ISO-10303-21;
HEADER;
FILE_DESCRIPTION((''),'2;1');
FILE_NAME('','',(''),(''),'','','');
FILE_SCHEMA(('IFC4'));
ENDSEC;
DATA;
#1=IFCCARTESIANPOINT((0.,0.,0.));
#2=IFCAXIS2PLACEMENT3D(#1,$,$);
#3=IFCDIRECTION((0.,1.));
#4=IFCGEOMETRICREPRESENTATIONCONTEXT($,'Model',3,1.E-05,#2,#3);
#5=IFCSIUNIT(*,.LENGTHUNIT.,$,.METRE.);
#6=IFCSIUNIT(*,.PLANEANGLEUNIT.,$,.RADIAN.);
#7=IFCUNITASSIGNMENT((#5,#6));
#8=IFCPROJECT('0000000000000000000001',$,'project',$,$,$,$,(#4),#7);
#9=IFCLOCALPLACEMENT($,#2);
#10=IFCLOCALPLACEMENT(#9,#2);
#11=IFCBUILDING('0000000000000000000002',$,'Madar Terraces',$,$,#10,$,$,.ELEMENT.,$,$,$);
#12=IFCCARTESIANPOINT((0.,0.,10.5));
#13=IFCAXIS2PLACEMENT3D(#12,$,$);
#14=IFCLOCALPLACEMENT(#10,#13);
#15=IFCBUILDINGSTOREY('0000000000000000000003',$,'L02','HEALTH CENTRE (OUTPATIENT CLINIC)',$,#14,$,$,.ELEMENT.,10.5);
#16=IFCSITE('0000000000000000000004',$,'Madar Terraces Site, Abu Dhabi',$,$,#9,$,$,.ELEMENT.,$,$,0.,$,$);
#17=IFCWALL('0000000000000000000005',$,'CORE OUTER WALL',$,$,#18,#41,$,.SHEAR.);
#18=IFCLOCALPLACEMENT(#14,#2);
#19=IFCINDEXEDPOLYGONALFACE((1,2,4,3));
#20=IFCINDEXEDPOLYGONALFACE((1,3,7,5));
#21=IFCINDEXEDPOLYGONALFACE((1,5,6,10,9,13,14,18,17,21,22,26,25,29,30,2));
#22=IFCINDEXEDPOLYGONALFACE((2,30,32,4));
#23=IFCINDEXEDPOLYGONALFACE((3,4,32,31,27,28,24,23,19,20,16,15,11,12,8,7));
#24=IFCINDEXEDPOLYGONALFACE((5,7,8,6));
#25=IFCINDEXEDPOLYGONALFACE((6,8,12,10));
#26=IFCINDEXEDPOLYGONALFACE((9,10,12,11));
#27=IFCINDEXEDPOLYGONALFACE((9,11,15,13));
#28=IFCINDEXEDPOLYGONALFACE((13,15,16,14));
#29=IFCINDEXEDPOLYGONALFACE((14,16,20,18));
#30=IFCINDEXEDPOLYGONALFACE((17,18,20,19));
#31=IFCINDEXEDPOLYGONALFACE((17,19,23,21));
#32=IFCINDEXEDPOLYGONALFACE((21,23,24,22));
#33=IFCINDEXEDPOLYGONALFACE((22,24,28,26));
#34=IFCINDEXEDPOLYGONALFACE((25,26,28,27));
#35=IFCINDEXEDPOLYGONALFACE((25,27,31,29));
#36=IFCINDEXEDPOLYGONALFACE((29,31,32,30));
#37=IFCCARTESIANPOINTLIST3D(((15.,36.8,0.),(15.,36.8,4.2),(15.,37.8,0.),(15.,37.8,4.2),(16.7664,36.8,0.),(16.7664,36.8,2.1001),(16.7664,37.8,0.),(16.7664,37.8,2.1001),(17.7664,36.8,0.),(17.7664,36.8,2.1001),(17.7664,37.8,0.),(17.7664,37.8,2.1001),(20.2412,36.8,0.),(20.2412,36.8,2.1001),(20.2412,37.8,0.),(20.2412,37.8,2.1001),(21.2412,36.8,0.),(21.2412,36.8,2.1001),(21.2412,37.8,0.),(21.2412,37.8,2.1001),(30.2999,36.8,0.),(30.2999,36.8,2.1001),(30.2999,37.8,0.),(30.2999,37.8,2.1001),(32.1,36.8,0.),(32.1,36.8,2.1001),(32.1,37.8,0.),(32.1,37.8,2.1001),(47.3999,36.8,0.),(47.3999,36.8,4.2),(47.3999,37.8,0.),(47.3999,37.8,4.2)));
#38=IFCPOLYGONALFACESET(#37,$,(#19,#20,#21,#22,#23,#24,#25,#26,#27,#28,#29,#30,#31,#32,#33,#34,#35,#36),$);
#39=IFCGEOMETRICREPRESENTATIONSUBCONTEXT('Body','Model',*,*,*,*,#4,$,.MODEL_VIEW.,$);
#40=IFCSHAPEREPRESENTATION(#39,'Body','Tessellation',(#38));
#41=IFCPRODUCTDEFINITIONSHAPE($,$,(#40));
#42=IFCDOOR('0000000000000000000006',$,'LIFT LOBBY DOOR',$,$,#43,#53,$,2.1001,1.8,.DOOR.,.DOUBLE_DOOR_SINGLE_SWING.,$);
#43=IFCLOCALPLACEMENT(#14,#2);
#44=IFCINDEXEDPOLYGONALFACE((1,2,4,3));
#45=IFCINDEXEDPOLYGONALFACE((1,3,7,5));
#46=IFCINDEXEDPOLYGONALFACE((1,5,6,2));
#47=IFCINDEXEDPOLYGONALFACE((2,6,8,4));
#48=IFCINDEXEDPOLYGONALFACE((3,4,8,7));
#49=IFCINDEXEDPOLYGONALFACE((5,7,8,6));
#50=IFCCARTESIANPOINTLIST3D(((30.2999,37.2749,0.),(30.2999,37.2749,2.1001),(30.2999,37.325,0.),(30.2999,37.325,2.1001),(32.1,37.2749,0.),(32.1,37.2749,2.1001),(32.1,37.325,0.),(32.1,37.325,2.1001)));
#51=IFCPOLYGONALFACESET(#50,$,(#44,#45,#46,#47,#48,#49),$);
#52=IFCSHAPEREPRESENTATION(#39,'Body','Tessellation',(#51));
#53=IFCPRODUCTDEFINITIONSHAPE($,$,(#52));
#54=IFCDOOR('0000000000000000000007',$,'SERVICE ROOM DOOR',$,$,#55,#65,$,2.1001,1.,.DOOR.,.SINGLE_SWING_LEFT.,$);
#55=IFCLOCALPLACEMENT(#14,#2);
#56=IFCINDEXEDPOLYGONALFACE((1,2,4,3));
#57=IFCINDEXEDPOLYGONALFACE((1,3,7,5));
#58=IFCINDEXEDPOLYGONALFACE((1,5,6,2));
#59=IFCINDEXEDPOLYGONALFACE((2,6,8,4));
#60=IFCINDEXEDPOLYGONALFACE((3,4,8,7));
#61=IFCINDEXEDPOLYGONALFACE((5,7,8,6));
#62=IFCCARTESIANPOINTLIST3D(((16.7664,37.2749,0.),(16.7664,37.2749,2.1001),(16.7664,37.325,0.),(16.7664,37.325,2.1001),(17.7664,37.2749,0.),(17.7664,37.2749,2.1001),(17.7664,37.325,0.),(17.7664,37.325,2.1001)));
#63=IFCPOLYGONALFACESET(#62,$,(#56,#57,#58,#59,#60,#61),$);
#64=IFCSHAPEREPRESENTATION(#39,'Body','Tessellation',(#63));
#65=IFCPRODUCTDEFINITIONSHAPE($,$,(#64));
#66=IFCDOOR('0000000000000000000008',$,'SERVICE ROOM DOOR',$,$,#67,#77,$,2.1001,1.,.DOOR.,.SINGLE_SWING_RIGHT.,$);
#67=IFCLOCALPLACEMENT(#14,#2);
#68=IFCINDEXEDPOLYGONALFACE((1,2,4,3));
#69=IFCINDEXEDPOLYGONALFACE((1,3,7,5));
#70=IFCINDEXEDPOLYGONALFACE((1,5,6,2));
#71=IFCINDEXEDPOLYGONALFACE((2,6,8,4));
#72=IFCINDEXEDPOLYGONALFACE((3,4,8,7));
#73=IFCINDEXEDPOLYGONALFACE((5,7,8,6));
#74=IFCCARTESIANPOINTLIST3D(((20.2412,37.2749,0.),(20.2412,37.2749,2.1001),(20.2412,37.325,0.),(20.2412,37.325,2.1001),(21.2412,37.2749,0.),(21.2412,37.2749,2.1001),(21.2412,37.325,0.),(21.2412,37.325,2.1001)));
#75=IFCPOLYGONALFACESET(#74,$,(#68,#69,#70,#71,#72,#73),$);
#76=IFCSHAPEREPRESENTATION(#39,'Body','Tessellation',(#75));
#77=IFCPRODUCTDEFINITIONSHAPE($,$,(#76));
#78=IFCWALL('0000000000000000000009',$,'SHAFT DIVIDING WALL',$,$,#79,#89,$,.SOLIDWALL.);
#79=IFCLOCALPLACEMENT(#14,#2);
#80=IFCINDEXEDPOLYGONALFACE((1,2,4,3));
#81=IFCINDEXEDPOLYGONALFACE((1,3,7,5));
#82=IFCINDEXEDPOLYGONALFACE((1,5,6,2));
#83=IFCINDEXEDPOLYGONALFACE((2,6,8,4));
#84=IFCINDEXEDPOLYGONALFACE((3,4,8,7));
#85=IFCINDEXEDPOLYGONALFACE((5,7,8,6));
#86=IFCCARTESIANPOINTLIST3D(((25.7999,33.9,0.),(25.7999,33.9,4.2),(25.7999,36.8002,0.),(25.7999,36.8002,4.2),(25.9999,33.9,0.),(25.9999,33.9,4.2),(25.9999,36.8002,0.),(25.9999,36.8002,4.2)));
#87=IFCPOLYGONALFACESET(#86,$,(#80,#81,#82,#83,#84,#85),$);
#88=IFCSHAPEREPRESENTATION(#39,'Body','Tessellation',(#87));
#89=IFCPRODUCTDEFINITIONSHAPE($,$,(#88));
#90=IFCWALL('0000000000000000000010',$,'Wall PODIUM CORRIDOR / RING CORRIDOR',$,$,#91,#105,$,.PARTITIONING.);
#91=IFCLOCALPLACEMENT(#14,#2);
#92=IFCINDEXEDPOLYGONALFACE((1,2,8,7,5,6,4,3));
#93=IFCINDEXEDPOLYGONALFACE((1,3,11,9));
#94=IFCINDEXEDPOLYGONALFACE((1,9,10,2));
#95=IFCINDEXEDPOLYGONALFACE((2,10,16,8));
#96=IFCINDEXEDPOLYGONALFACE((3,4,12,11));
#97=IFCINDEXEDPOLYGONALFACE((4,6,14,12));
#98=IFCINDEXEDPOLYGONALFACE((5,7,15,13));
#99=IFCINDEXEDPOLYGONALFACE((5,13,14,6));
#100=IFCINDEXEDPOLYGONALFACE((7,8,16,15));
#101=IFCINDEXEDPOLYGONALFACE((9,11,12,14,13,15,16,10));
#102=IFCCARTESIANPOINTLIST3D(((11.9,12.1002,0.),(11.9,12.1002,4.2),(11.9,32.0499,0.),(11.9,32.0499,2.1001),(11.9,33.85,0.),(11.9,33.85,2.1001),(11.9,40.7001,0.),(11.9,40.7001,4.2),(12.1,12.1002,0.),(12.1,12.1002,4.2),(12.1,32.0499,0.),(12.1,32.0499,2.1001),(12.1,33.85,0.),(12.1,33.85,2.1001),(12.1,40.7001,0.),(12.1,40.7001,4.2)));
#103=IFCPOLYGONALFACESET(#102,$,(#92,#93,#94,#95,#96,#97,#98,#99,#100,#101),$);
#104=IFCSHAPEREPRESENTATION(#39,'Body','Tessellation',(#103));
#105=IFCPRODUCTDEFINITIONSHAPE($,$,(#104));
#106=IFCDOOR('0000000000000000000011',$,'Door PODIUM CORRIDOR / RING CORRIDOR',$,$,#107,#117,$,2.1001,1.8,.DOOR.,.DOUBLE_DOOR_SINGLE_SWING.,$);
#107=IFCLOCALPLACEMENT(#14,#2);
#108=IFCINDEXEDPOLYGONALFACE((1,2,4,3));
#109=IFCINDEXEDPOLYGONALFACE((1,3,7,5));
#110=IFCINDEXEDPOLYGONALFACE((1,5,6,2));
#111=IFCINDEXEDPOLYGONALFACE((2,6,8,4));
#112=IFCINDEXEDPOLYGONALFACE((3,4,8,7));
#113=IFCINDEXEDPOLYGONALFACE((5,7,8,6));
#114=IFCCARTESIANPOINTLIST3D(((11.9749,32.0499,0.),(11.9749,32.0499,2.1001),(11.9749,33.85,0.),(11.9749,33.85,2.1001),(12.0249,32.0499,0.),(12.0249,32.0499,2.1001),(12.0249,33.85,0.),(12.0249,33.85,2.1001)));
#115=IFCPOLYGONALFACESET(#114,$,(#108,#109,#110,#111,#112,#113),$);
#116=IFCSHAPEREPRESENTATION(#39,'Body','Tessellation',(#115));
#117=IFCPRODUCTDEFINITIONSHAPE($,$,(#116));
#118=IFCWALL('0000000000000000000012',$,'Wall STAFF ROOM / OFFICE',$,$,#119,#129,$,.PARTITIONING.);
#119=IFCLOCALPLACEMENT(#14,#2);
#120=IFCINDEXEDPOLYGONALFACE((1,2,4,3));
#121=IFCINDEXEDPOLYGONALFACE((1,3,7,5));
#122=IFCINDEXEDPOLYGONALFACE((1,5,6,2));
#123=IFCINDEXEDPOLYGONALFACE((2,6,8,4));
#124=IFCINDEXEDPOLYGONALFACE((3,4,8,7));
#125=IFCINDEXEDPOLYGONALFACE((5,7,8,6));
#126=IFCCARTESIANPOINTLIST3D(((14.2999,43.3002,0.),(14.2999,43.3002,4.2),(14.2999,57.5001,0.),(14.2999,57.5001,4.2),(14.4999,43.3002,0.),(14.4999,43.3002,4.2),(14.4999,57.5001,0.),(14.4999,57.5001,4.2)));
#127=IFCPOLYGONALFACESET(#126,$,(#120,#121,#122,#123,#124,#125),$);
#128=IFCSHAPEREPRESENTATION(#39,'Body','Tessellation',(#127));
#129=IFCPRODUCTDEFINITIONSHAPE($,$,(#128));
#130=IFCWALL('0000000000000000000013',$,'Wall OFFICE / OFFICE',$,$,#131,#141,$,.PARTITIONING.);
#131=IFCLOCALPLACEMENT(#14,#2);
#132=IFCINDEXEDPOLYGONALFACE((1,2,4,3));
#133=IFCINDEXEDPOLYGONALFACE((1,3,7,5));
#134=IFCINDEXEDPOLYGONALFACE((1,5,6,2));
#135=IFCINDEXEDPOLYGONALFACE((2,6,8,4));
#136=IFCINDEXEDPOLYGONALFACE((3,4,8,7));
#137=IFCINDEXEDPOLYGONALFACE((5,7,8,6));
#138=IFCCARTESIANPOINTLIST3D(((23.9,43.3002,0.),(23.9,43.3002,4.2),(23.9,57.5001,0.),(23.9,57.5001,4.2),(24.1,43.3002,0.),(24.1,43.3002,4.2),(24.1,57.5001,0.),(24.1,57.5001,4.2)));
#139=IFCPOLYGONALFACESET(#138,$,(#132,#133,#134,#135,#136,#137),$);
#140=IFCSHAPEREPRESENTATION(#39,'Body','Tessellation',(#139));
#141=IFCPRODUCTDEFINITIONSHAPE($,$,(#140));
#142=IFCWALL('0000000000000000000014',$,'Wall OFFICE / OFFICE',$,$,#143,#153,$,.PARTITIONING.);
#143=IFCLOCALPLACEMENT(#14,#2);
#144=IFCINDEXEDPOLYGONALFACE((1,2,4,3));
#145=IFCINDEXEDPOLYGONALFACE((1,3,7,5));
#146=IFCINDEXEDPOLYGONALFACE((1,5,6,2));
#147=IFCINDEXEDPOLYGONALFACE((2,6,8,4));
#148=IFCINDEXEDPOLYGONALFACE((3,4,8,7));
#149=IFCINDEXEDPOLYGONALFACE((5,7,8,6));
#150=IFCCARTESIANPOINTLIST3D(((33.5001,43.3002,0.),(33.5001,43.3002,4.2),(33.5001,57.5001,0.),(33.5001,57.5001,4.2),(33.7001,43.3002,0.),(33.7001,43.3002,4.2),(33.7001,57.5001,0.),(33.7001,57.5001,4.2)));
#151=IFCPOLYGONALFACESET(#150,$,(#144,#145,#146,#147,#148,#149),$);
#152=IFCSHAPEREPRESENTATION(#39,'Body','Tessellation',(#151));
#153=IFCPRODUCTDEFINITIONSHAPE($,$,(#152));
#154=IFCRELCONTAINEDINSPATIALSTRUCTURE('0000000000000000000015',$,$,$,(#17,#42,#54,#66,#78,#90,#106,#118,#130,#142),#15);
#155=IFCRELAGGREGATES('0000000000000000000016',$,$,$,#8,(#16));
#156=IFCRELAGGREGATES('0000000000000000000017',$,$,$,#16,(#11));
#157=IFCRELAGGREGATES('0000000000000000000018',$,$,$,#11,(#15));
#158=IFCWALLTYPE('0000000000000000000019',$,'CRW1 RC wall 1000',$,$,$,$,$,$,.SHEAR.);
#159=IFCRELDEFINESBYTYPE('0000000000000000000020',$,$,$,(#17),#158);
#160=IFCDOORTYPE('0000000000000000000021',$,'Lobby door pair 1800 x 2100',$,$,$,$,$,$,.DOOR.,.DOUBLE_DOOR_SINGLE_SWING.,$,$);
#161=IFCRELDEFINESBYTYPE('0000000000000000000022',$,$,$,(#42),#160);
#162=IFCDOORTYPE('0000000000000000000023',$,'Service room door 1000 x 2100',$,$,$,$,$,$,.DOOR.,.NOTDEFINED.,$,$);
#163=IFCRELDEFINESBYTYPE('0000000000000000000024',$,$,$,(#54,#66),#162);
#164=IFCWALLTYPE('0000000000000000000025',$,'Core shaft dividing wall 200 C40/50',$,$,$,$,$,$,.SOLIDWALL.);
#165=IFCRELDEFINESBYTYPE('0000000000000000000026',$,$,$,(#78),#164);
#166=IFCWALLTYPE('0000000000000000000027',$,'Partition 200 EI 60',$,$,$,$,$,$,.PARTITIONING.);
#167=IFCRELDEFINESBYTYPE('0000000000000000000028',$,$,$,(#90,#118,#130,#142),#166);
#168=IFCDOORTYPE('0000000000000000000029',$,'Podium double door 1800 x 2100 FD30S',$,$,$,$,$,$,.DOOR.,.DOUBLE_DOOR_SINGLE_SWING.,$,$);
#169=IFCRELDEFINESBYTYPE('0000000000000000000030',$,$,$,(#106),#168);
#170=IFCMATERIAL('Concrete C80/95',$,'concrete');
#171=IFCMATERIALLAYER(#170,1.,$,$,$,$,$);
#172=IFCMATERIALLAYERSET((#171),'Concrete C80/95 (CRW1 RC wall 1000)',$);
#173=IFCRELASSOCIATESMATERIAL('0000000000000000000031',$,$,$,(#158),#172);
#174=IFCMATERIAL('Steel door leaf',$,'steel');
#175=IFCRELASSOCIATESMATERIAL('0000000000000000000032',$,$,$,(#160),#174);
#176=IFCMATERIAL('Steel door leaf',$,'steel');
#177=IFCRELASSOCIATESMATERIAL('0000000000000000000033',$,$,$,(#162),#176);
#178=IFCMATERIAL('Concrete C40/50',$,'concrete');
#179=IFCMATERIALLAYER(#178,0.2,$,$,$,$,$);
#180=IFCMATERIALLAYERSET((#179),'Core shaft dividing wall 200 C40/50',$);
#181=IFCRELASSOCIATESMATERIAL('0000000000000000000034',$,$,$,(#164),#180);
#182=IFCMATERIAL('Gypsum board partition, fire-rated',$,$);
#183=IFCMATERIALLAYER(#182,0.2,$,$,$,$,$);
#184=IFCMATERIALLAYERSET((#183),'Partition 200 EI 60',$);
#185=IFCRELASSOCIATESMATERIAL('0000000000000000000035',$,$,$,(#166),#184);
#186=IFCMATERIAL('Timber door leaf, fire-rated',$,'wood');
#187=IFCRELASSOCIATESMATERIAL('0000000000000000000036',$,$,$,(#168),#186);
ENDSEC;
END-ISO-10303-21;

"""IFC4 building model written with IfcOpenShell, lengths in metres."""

from ifc_helpers import new_model, si_unit, direction, frame, frame_2d, origin, place, context, subcontext, project, spatial, rectangle, extrude, material, layer, layer_set, type_object, element, fill, save


model = new_model("IFC4")

# Units and contexts
model_context = context("Model", 3, precision=1e-05, world=origin(), true_north=direction((0.0, 1.0)))
body_context = subcontext(model_context, "Body", "Model", "MODEL_VIEW")
ifc_project = project(units=[si_unit("LENGTHUNIT", "METRE"), si_unit("PLANEANGLEUNIT", "RADIAN")], contexts=[model_context])

# Site, building, storey
site_placement = place(None, origin())
site = spatial("IfcSite", under=ifc_project, at=site_placement, Name="Madar Terraces Site, Abu Dhabi", CompositionType="ELEMENT", RefElevation=0.0)
building_placement = place(site_placement, origin())
building = spatial("IfcBuilding", under=site, at=building_placement, Name="Madar Terraces", CompositionType="ELEMENT")
storey_placement = place(building_placement, frame((0.0, 0.0, 10.5)))
storey = spatial("IfcBuildingStorey", under=building, at=storey_placement, Name="L02", Description="HEALTH CENTRE (OUTPATIENT CLINIC)", CompositionType="ELEMENT", Elevation=10.5)

# Wall, openings, doors
ifc_material_1 = material(Name="Concrete C80/95", Category="concrete")
ifc_layer_1 = layer(ifc_material_1, 1.0)
ifc_layer_set_1 = layer_set([ifc_layer_1], Name="Concrete C80/95 (CRW1 RC wall 1000)")
wall_type_1 = type_object("IfcWallType", Name="CRW1 RC wall 1000", PredefinedType="SHEAR", material=ifc_layer_set_1)
wall_1_placement = place(storey_placement, frame((15.0, 37.3, 0.0), z_axis=(0.0, 0.0, 1.0), x_axis=(1.0, 0.0, 0.0)))
wall_1 = element("IfcWall", 1, at=wall_1_placement, inside=storey, type_object=wall_type_1, Name="CORE OUTER WALL", PredefinedType="SHEAR", context=body_context, shape_type="SweptSolid", body=[
    extrude(rectangle(XDim=32.3999, YDim=1.0, at=frame_2d((16.2, 0.0))), origin(), (0.0, 0.0, 1.0), 4.2),
])
opening_1_placement = place(wall_1_placement, frame((15.3, 0.0, 0.0)))
opening_1 = element("IfcOpeningElement", 2, at=opening_1_placement, cuts=wall_1, PredefinedType="OPENING", context=body_context, shape_type="SweptSolid", body=[
    extrude(rectangle(XDim=1.8, YDim=2.1001, at=frame_2d((0.8999, 1.05))), frame((0.0, 0.51, 0.0), z_axis=(0.0, -1.0, 0.0), x_axis=(1.0, 0.0, 0.0)), (0.0, 0.0, 1.0), 1.02),
])
opening_2_placement = place(wall_1_placement, frame((1.7664, 0.0, 0.0)))
opening_2 = element("IfcOpeningElement", 3, at=opening_2_placement, cuts=wall_1, PredefinedType="OPENING", context=body_context, shape_type="SweptSolid", body=[
    extrude(rectangle(XDim=1.0, YDim=2.1001, at=frame_2d((0.5, 1.05))), frame((0.0, 0.51, 0.0), z_axis=(0.0, -1.0, 0.0), x_axis=(1.0, 0.0, 0.0)), (0.0, 0.0, 1.0), 1.02),
])
opening_3_placement = place(wall_1_placement, frame((5.2412, 0.0, 0.0)))
opening_3 = element("IfcOpeningElement", 4, at=opening_3_placement, cuts=wall_1, PredefinedType="OPENING", context=body_context, shape_type="SweptSolid", body=[
    extrude(rectangle(XDim=1.0, YDim=2.1001, at=frame_2d((0.5, 1.05))), frame((0.0, 0.51, 0.0), z_axis=(0.0, -1.0, 0.0), x_axis=(1.0, 0.0, 0.0)), (0.0, 0.0, 1.0), 1.02),
])
ifc_material_2 = material(Name="Steel door leaf", Category="steel")
door_type_1 = type_object("IfcDoorType", Name="Lobby door pair 1800 x 2100", OperationType="DOUBLE_DOOR_SINGLE_SWING", PredefinedType="DOOR", material=ifc_material_2)
door_1_placement = place(opening_1_placement, origin())
door_1 = element("IfcDoor", 5, at=door_1_placement, inside=storey, type_object=door_type_1, Name="LIFT LOBBY DOOR", OperationType="DOUBLE_DOOR_SINGLE_SWING", OverallHeight=2.1001, OverallWidth=1.8, PredefinedType="DOOR", context=body_context, shape_type="SweptSolid", body=[
    extrude(rectangle(XDim=1.8, YDim=2.1001, at=frame_2d((0.8999, 1.05))), frame((0.0, 0.0249, 0.0), z_axis=(0.0, -1.0, 0.0), x_axis=(1.0, 0.0, 0.0)), (0.0, 0.0, 1.0), 0.05),
])
fill(opening_1, door_1)
ifc_material_3 = material(Name="Steel door leaf", Category="steel")
door_type_2 = type_object("IfcDoorType", Name="Service room door 1000 x 2100", OperationType="NOTDEFINED", PredefinedType="DOOR", material=ifc_material_3)
door_2_placement = place(opening_2_placement, origin())
door_2 = element("IfcDoor", 6, at=door_2_placement, inside=storey, type_object=door_type_2, Name="SERVICE ROOM DOOR", OperationType="SINGLE_SWING_LEFT", OverallHeight=2.1001, OverallWidth=1.0, PredefinedType="DOOR", context=body_context, shape_type="SweptSolid", body=[
    extrude(rectangle(XDim=1.0, YDim=2.1001, at=frame_2d((0.5, 1.05))), frame((0.0, 0.0249, 0.0), z_axis=(0.0, -1.0, 0.0), x_axis=(1.0, 0.0, 0.0)), (0.0, 0.0, 1.0), 0.05),
])
fill(opening_2, door_2)
door_3_placement = place(opening_3_placement, origin())
door_3 = element("IfcDoor", 7, at=door_3_placement, inside=storey, type_object=door_type_2, Name="SERVICE ROOM DOOR", OperationType="SINGLE_SWING_RIGHT", OverallHeight=2.1001, OverallWidth=1.0, PredefinedType="DOOR", context=body_context, shape_type="SweptSolid", body=[
    extrude(rectangle(XDim=1.0, YDim=2.1001, at=frame_2d((0.5, 1.05))), frame((0.0, 0.0249, 0.0), z_axis=(0.0, -1.0, 0.0), x_axis=(1.0, 0.0, 0.0)), (0.0, 0.0, 1.0), 0.05),
])
fill(opening_3, door_3)

# Wall
ifc_material_4 = material(Name="Concrete C40/50", Category="concrete")
ifc_layer_2 = layer(ifc_material_4, 0.2)
ifc_layer_set_2 = layer_set([ifc_layer_2], Name="Core shaft dividing wall 200 C40/50")
wall_type_2 = type_object("IfcWallType", Name="Core shaft dividing wall 200 C40/50", PredefinedType="SOLIDWALL", material=ifc_layer_set_2)
wall_2_placement = place(storey_placement, frame((25.8999, 33.8999, 0.0), z_axis=(0.0, 0.0, 1.0), x_axis=(0.0, 1.0, 0.0)))
element("IfcWall", 8, at=wall_2_placement, inside=storey, type_object=wall_type_2, Name="SHAFT DIVIDING WALL", PredefinedType="SOLIDWALL", context=body_context, shape_type="SweptSolid", body=[
    extrude(rectangle(XDim=2.9001, YDim=0.2, at=frame_2d((1.4502, 0.0))), origin(), (0.0, 0.0, 1.0), 4.2),
])

# Wall, opening, door
ifc_material_5 = material(Name="Gypsum board partition, fire-rated")
ifc_layer_3 = layer(ifc_material_5, 0.2)
ifc_layer_set_3 = layer_set([ifc_layer_3], Name="Partition 200 EI 60")
wall_type_3 = type_object("IfcWallType", Name="Partition 200 EI 60", PredefinedType="PARTITIONING", material=ifc_layer_set_3)
wall_3_placement = place(storey_placement, frame((12.0, 40.7, 0.0), z_axis=(0.0, 0.0, 1.0), x_axis=(0.0, -1.0, 0.0)))
wall_3 = element("IfcWall", 9, at=wall_3_placement, inside=storey, type_object=wall_type_3, Name="Wall PODIUM CORRIDOR / RING CORRIDOR", PredefinedType="PARTITIONING", context=body_context, shape_type="SweptSolid", body=[
    extrude(rectangle(XDim=28.5999, YDim=0.2, at=frame_2d((14.2998, 0.0))), origin(), (0.0, 0.0, 1.0), 4.2),
])
opening_4_placement = place(wall_3_placement, frame((6.8501, 0.0, 0.0)))
opening_4 = element("IfcOpeningElement", 10, at=opening_4_placement, cuts=wall_3, PredefinedType="OPENING", context=body_context, shape_type="SweptSolid", body=[
    extrude(rectangle(XDim=1.8, YDim=2.1001, at=frame_2d((0.8999, 1.05))), frame((0.0, 0.1099, 0.0), z_axis=(0.0, -1.0, 0.0), x_axis=(1.0, 0.0, 0.0)), (0.0, 0.0, 1.0), 0.22),
])
ifc_material_6 = material(Name="Timber door leaf, fire-rated", Category="wood")
door_type_3 = type_object("IfcDoorType", Name="Podium double door 1800 x 2100 FD30S", OperationType="DOUBLE_DOOR_SINGLE_SWING", PredefinedType="DOOR", material=ifc_material_6)
door_4_placement = place(opening_4_placement, origin())
door_4 = element("IfcDoor", 11, at=door_4_placement, inside=storey, type_object=door_type_3, Name="Door PODIUM CORRIDOR / RING CORRIDOR", OperationType="DOUBLE_DOOR_SINGLE_SWING", OverallHeight=2.1001, OverallWidth=1.8, PredefinedType="DOOR", context=body_context, shape_type="SweptSolid", body=[
    extrude(rectangle(XDim=1.8, YDim=2.1001, at=frame_2d((0.8999, 1.05))), frame((0.0, 0.0249, 0.0), z_axis=(0.0, -1.0, 0.0), x_axis=(1.0, 0.0, 0.0)), (0.0, 0.0, 1.0), 0.05),
])
fill(opening_4, door_4)

# Walls
for number, where, z_axis, x_axis, name in (
    (12, (14.3999, 43.3, 0.0), (0.0, 0.0, 1.0), (0.0, 1.0, 0.0), "Wall STAFF ROOM / OFFICE"),
    (13, (24.0, 43.3, 0.0), (0.0, 0.0, 1.0), (0.0, 1.0, 0.0), "Wall OFFICE / OFFICE"),
    (14, (33.6001, 43.3, 0.0), (0.0, 0.0, 1.0), (0.0, 1.0, 0.0), "Wall OFFICE / OFFICE"),
):
    element("IfcWall", number, at=place(storey_placement, frame(where, z_axis=z_axis, x_axis=x_axis)), inside=storey, type_object=wall_type_3, Name=name, PredefinedType="PARTITIONING", context=body_context, shape_type="SweptSolid", body=[
        extrude(rectangle(XDim=14.2, YDim=0.2, at=frame_2d((7.1001, 0.0))), origin(), (0.0, 0.0, 1.0), 4.2),
    ])

save(model, "model.ifc")
